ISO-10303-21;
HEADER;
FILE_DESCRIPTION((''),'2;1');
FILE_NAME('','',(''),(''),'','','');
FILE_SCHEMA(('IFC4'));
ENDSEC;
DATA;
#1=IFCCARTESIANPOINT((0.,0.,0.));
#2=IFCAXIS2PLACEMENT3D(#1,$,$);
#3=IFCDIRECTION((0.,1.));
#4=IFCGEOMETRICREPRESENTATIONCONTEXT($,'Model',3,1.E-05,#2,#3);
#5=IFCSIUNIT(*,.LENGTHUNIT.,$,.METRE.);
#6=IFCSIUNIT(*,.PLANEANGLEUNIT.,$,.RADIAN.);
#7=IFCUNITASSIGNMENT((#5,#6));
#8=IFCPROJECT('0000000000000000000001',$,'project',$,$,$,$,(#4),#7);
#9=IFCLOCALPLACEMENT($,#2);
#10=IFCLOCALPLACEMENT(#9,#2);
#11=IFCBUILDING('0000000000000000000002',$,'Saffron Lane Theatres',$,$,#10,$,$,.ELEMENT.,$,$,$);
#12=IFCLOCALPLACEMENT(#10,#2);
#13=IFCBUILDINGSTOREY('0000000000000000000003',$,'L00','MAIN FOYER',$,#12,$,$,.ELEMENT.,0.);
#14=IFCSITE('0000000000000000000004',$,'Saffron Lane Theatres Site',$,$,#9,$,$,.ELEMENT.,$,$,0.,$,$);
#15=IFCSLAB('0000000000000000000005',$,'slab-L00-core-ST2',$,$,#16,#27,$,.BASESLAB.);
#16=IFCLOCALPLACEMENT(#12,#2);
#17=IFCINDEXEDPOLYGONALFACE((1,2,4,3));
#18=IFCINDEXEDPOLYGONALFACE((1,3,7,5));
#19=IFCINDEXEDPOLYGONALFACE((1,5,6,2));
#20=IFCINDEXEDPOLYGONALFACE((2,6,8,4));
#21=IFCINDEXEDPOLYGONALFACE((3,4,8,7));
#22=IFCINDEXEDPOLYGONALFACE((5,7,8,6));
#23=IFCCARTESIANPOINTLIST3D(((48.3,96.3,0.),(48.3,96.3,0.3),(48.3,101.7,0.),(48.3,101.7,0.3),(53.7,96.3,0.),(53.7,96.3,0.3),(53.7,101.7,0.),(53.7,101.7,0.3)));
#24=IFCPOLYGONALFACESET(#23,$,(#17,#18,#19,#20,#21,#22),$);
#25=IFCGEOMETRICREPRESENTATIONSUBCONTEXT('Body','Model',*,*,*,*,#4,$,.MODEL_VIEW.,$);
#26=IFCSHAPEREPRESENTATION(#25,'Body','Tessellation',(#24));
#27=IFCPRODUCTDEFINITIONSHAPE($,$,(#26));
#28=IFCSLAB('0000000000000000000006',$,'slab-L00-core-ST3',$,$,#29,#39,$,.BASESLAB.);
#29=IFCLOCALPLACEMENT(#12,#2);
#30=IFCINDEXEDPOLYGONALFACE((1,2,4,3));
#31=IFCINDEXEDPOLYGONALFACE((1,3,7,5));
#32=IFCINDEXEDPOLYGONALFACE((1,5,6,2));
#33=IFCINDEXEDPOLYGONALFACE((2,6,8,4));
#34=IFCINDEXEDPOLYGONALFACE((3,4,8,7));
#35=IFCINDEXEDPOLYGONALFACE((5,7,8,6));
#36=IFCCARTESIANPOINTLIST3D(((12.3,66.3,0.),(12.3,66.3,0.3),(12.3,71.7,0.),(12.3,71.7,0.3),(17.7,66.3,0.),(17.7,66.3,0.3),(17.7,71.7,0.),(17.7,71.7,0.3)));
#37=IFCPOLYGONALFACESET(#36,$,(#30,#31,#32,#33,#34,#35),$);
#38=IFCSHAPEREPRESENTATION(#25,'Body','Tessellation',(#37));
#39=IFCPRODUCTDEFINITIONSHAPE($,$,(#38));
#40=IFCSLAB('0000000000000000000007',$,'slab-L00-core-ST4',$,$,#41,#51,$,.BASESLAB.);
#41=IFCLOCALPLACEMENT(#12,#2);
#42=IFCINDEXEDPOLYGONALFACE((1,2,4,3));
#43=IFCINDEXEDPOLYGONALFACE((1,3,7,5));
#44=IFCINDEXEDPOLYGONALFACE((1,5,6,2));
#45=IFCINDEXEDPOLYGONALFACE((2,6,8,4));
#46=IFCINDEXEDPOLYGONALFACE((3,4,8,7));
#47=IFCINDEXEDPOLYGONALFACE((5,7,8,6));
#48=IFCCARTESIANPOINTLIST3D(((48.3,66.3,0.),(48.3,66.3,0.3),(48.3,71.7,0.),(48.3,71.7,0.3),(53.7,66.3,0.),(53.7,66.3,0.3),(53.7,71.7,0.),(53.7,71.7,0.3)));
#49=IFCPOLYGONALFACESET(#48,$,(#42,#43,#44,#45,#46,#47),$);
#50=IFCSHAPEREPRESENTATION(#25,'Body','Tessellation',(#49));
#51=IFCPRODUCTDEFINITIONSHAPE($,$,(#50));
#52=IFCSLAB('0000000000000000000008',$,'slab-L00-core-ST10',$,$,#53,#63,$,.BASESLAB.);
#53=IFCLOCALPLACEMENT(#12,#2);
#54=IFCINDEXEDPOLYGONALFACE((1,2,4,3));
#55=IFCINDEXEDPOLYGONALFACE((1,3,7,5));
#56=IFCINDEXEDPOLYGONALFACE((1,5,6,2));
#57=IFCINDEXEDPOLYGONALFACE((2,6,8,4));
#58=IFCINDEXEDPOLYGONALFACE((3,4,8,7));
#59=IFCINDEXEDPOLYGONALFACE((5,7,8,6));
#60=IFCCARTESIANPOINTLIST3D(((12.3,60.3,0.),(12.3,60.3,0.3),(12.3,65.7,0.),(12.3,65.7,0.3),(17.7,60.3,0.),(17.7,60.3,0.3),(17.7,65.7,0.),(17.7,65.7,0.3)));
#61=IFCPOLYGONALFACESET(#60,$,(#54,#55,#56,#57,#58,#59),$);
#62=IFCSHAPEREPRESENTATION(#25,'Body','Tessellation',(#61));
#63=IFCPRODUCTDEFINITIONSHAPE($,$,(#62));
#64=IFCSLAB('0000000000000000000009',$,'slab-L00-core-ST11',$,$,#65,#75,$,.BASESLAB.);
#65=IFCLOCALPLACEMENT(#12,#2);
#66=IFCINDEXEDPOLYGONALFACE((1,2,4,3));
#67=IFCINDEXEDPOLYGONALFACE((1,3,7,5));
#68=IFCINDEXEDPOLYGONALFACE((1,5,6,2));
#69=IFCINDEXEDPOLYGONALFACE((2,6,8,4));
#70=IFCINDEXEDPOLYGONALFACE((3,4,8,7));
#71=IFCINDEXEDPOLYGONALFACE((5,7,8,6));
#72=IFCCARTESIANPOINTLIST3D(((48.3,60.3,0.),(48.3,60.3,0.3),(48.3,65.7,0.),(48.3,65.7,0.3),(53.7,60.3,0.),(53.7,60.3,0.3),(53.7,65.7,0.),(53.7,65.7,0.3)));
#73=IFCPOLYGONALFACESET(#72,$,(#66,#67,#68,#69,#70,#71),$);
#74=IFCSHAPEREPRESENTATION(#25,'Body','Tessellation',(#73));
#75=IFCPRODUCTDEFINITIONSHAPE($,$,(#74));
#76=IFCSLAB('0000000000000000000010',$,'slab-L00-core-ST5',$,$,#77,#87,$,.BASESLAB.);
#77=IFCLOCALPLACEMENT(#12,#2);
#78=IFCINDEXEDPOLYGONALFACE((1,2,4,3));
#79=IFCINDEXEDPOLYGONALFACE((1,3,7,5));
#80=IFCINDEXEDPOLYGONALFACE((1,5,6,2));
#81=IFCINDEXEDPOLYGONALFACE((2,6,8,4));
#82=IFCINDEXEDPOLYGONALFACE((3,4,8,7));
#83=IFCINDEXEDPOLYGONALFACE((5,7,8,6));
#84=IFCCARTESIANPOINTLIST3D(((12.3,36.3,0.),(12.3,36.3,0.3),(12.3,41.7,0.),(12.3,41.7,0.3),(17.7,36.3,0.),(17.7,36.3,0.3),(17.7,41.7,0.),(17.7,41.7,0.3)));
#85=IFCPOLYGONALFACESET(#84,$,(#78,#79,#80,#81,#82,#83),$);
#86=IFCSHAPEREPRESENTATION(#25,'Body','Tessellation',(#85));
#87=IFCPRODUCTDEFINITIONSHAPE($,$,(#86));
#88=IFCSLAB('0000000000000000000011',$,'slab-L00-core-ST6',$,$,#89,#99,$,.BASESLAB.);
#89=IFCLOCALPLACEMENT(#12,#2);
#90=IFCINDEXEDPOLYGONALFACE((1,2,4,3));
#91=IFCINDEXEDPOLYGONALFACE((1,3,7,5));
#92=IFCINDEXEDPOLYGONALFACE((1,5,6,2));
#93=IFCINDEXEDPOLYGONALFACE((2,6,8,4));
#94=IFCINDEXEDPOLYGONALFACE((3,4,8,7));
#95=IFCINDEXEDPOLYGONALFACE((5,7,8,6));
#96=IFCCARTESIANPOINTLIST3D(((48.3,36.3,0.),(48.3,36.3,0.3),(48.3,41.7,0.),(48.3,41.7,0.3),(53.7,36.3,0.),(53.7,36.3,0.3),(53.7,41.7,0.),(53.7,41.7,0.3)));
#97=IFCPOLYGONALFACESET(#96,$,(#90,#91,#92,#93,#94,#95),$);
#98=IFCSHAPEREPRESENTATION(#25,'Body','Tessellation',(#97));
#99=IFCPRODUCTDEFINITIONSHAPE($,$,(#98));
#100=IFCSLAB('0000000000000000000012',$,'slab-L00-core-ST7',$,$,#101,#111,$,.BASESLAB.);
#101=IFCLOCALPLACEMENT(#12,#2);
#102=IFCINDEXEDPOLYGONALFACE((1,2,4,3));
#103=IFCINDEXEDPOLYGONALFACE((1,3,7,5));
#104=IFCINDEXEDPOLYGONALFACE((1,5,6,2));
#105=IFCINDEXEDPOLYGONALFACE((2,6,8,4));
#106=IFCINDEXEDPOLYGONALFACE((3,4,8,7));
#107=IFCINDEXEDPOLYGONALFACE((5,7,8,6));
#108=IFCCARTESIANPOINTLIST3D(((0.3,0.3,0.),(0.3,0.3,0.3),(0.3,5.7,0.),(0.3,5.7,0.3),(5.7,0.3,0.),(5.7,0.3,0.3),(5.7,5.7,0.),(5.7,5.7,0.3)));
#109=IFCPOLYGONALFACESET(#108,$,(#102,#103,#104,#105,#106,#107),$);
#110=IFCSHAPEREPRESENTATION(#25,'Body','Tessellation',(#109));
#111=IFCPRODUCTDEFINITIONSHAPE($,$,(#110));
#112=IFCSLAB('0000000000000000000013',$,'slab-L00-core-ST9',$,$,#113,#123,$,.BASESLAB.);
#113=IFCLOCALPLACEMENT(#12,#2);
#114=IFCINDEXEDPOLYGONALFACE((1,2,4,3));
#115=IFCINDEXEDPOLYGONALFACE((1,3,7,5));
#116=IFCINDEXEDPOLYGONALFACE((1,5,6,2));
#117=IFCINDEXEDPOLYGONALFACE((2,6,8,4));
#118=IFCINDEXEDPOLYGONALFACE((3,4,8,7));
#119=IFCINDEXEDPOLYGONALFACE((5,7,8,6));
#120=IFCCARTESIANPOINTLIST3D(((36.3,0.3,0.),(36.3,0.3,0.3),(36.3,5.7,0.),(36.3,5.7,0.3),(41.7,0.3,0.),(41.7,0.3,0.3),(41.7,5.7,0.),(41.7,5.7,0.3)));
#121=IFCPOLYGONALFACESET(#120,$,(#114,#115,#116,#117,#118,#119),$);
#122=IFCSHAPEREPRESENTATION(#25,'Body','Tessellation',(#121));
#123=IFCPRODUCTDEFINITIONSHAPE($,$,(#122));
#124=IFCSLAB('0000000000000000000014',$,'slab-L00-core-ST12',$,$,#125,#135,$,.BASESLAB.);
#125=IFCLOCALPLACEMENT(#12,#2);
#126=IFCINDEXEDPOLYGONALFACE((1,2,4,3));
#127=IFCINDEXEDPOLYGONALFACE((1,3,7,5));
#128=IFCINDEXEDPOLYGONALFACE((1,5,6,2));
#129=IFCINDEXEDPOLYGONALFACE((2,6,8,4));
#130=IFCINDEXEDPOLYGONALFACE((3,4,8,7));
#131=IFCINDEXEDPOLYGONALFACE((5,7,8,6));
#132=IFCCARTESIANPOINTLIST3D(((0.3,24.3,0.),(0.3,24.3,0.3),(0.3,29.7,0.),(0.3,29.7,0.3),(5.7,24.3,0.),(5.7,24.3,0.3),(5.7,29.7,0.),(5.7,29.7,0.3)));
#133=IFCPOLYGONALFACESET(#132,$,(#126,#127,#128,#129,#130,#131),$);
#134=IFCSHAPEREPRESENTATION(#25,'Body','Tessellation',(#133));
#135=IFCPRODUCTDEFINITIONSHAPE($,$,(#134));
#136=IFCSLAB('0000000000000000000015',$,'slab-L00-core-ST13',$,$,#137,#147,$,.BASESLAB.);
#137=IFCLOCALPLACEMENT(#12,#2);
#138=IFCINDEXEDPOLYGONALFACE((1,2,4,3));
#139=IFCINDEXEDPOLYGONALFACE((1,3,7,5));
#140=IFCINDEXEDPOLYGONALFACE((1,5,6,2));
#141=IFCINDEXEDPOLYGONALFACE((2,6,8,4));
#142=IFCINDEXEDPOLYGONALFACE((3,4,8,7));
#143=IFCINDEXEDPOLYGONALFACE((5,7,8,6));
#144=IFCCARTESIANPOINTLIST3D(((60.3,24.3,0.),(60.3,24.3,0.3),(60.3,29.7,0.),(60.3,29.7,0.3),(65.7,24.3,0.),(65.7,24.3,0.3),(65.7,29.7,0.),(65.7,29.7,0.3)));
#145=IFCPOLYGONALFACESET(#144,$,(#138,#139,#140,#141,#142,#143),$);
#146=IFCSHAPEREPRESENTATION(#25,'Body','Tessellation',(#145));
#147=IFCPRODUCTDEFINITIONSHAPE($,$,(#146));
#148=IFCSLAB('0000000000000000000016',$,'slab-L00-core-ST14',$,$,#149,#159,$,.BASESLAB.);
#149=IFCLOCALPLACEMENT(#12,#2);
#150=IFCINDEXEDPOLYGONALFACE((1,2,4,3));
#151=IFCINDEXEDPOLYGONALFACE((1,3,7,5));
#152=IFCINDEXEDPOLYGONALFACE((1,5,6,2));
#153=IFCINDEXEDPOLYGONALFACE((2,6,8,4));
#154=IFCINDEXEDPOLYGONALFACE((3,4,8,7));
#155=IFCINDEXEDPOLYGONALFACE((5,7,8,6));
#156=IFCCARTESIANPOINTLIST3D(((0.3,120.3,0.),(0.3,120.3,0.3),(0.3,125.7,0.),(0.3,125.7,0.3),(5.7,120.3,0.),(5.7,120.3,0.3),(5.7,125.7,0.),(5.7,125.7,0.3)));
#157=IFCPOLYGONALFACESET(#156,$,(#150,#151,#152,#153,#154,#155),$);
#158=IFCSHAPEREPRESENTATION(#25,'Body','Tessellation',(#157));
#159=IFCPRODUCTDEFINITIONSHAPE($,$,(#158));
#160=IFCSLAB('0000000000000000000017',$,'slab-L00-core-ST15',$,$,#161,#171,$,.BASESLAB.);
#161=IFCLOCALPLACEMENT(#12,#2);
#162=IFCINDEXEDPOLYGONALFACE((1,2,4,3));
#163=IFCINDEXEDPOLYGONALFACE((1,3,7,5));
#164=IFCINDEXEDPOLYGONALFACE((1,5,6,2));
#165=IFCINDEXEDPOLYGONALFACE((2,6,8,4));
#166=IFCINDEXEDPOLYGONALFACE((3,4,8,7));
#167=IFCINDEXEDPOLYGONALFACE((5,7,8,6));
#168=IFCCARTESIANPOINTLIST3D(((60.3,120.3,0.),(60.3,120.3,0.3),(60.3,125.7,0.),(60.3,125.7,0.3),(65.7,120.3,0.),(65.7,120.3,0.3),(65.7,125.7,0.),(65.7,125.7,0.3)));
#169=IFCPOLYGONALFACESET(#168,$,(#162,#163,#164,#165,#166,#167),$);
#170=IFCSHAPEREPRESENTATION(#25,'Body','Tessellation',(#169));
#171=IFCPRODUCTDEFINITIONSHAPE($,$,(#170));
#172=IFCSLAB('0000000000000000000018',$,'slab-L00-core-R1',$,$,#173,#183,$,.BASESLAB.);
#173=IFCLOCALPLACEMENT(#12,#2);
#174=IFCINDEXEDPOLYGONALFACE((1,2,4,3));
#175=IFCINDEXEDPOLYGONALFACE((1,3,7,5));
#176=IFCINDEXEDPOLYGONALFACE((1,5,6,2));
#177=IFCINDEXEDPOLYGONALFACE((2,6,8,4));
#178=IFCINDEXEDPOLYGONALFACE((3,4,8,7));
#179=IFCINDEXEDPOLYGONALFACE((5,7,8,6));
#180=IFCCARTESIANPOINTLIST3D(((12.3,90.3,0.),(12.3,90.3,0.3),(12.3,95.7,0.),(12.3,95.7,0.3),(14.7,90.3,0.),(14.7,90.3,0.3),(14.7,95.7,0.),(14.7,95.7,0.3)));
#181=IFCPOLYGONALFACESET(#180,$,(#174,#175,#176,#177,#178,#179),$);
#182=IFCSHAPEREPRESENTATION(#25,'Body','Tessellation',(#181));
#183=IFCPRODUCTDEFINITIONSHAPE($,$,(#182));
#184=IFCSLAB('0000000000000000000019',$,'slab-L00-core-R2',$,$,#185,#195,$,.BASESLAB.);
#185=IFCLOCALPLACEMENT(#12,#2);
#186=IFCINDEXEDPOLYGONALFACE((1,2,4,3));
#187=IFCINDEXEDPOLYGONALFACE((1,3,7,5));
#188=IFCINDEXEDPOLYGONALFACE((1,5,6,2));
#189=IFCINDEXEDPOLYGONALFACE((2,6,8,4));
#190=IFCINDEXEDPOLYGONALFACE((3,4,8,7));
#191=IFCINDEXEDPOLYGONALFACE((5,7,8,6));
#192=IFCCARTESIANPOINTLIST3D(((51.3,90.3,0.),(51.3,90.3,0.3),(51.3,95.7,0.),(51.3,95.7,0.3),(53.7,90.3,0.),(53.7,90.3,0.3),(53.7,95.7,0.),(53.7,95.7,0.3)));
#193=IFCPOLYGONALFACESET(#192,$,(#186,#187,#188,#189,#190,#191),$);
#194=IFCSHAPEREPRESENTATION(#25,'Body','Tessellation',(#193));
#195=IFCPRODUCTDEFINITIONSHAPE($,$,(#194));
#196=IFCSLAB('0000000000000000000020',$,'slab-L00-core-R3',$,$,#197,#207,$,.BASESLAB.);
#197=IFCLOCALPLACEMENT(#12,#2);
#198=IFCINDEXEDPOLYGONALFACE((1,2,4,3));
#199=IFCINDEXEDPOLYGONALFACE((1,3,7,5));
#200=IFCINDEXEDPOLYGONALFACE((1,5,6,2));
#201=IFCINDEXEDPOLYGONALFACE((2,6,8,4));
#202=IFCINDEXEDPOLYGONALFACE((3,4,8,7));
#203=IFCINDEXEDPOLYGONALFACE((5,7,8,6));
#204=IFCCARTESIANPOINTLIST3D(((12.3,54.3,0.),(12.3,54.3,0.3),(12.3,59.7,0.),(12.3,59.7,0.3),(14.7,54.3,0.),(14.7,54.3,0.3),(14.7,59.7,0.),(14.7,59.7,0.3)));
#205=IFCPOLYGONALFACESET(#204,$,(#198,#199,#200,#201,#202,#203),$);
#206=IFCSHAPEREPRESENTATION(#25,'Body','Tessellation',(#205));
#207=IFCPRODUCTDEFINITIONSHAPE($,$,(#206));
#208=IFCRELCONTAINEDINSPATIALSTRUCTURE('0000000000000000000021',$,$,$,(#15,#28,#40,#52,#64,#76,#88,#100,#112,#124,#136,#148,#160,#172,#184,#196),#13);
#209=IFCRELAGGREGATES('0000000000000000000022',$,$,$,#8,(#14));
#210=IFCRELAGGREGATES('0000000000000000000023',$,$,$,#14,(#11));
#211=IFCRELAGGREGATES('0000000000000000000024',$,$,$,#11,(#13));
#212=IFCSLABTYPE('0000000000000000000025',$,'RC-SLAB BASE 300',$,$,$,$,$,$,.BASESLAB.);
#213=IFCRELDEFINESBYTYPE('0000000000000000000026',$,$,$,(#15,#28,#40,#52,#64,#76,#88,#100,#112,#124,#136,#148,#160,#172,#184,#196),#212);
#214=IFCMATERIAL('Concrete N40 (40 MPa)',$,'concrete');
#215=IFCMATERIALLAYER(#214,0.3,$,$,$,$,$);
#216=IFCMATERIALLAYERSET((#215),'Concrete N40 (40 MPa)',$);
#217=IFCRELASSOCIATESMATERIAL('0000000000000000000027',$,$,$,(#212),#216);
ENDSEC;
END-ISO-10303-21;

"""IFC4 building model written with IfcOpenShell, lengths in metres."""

from ifc_helpers import new_model, si_unit, direction, origin, place, context, subcontext, project, spatial, polyline, outline, extrude, material, layer, layer_set, type_object, element, save


model = new_model("IFC4")

# Units and contexts
model_context = context("Model", 3, precision=1e-05, world=origin(), true_north=direction((0.0, 1.0)))
body_context = subcontext(model_context, "Body", "Model", "MODEL_VIEW")
ifc_project = project(units=[si_unit("LENGTHUNIT", "METRE"), si_unit("PLANEANGLEUNIT", "RADIAN")], contexts=[model_context])

# Site, building, storey
site_placement = place(None, origin())
site = spatial("IfcSite", under=ifc_project, at=site_placement, Name="Saffron Lane Theatres Site", CompositionType="ELEMENT", RefElevation=0.0)
building_placement = place(site_placement, origin())
building = spatial("IfcBuilding", under=site, at=building_placement, Name="Saffron Lane Theatres", CompositionType="ELEMENT")
storey_placement = place(building_placement, origin())
storey = spatial("IfcBuildingStorey", under=building, at=storey_placement, Name="L00", Description="MAIN FOYER", CompositionType="ELEMENT", Elevation=0.0)

# Slabs
ifc_material_1 = material(Name="Concrete N40 (40 MPa)", Category="concrete")
ifc_layer_1 = layer(ifc_material_1, 0.3)
ifc_layer_set_1 = layer_set([ifc_layer_1], Name="Concrete N40 (40 MPa)")
slab_type_1 = type_object("IfcSlabType", Name="RC-SLAB BASE 300", PredefinedType="BASESLAB", material=ifc_layer_set_1)
slab_1_placement = place(storey_placement, origin())
element("IfcSlab", 1, at=slab_1_placement, inside=storey, type_object=slab_type_1, Name="slab-L00-core-ST2", PredefinedType="BASESLAB", context=body_context, shape_type="SweptSolid", body=[
    extrude(outline(polyline([(48.3, 96.3), (53.7, 96.3), (53.7, 101.7), (48.3, 101.7), (48.3, 96.3)])), origin(), (0.0, 0.0, 1.0), 0.3),
])
slab_2_placement = place(storey_placement, origin())
element("IfcSlab", 2, at=slab_2_placement, inside=storey, type_object=slab_type_1, Name="slab-L00-core-ST3", PredefinedType="BASESLAB", context=body_context, shape_type="SweptSolid", body=[
    extrude(outline(polyline([(12.3, 66.3), (17.7, 66.3), (17.7, 71.7), (12.3, 71.7), (12.3, 66.3)])), origin(), (0.0, 0.0, 1.0), 0.3),
])
slab_3_placement = place(storey_placement, origin())
element("IfcSlab", 3, at=slab_3_placement, inside=storey, type_object=slab_type_1, Name="slab-L00-core-ST4", PredefinedType="BASESLAB", context=body_context, shape_type="SweptSolid", body=[
    extrude(outline(polyline([(48.3, 66.3), (53.7, 66.3), (53.7, 71.7), (48.3, 71.7), (48.3, 66.3)])), origin(), (0.0, 0.0, 1.0), 0.3),
])
slab_4_placement = place(storey_placement, origin())
element("IfcSlab", 4, at=slab_4_placement, inside=storey, type_object=slab_type_1, Name="slab-L00-core-ST10", PredefinedType="BASESLAB", context=body_context, shape_type="SweptSolid", body=[
    extrude(outline(polyline([(12.3, 60.3), (17.7, 60.3), (17.7, 65.7), (12.3, 65.7), (12.3, 60.3)])), origin(), (0.0, 0.0, 1.0), 0.3),
])
slab_5_placement = place(storey_placement, origin())
element("IfcSlab", 5, at=slab_5_placement, inside=storey, type_object=slab_type_1, Name="slab-L00-core-ST11", PredefinedType="BASESLAB", context=body_context, shape_type="SweptSolid", body=[
    extrude(outline(polyline([(48.3, 60.3), (53.7, 60.3), (53.7, 65.7), (48.3, 65.7), (48.3, 60.3)])), origin(), (0.0, 0.0, 1.0), 0.3),
])
slab_6_placement = place(storey_placement, origin())
element("IfcSlab", 6, at=slab_6_placement, inside=storey, type_object=slab_type_1, Name="slab-L00-core-ST5", PredefinedType="BASESLAB", context=body_context, shape_type="SweptSolid", body=[
    extrude(outline(polyline([(12.3, 36.3), (17.7, 36.3), (17.7, 41.7), (12.3, 41.7), (12.3, 36.3)])), origin(), (0.0, 0.0, 1.0), 0.3),
])
slab_7_placement = place(storey_placement, origin())
element("IfcSlab", 7, at=slab_7_placement, inside=storey, type_object=slab_type_1, Name="slab-L00-core-ST6", PredefinedType="BASESLAB", context=body_context, shape_type="SweptSolid", body=[
    extrude(outline(polyline([(48.3, 36.3), (53.7, 36.3), (53.7, 41.7), (48.3, 41.7), (48.3, 36.3)])), origin(), (0.0, 0.0, 1.0), 0.3),
])
slab_8_placement = place(storey_placement, origin())
element("IfcSlab", 8, at=slab_8_placement, inside=storey, type_object=slab_type_1, Name="slab-L00-core-ST7", PredefinedType="BASESLAB", context=body_context, shape_type="SweptSolid", body=[
    extrude(outline(polyline([(0.3, 0.3), (5.7, 0.3), (5.7, 5.7), (0.3, 5.7), (0.3, 0.3)])), origin(), (0.0, 0.0, 1.0), 0.3),
])
slab_9_placement = place(storey_placement, origin())
element("IfcSlab", 9, at=slab_9_placement, inside=storey, type_object=slab_type_1, Name="slab-L00-core-ST9", PredefinedType="BASESLAB", context=body_context, shape_type="SweptSolid", body=[
    extrude(outline(polyline([(36.3, 0.3), (41.7, 0.3), (41.7, 5.7), (36.3, 5.7), (36.3, 0.3)])), origin(), (0.0, 0.0, 1.0), 0.3),
])
slab_10_placement = place(storey_placement, origin())
element("IfcSlab", 10, at=slab_10_placement, inside=storey, type_object=slab_type_1, Name="slab-L00-core-ST12", PredefinedType="BASESLAB", context=body_context, shape_type="SweptSolid", body=[
    extrude(outline(polyline([(0.3, 24.3), (5.7, 24.3), (5.7, 29.7), (0.3, 29.7), (0.3, 24.3)])), origin(), (0.0, 0.0, 1.0), 0.3),
])
slab_11_placement = place(storey_placement, origin())
element("IfcSlab", 11, at=slab_11_placement, inside=storey, type_object=slab_type_1, Name="slab-L00-core-ST13", PredefinedType="BASESLAB", context=body_context, shape_type="SweptSolid", body=[
    extrude(outline(polyline([(60.3, 24.3), (65.7, 24.3), (65.7, 29.7), (60.3, 29.7), (60.3, 24.3)])), origin(), (0.0, 0.0, 1.0), 0.3),
])
slab_12_placement = place(storey_placement, origin())
element("IfcSlab", 12, at=slab_12_placement, inside=storey, type_object=slab_type_1, Name="slab-L00-core-ST14", PredefinedType="BASESLAB", context=body_context, shape_type="SweptSolid", body=[
    extrude(outline(polyline([(0.3, 120.3), (5.7, 120.3), (5.7, 125.7), (0.3, 125.7), (0.3, 120.3)])), origin(), (0.0, 0.0, 1.0), 0.3),
])
slab_13_placement = place(storey_placement, origin())
element("IfcSlab", 13, at=slab_13_placement, inside=storey, type_object=slab_type_1, Name="slab-L00-core-ST15", PredefinedType="BASESLAB", context=body_context, shape_type="SweptSolid", body=[
    extrude(outline(polyline([(60.3, 120.3), (65.7, 120.3), (65.7, 125.7), (60.3, 125.7), (60.3, 120.3)])), origin(), (0.0, 0.0, 1.0), 0.3),
])
slab_14_placement = place(storey_placement, origin())
element("IfcSlab", 14, at=slab_14_placement, inside=storey, type_object=slab_type_1, Name="slab-L00-core-R1", PredefinedType="BASESLAB", context=body_context, shape_type="SweptSolid", body=[
    extrude(outline(polyline([(12.3, 90.3), (14.7, 90.3), (14.7, 95.7), (12.3, 95.7), (12.3, 90.3)])), origin(), (0.0, 0.0, 1.0), 0.3),
])
slab_15_placement = place(storey_placement, origin())
element("IfcSlab", 15, at=slab_15_placement, inside=storey, type_object=slab_type_1, Name="slab-L00-core-R2", PredefinedType="BASESLAB", context=body_context, shape_type="SweptSolid", body=[
    extrude(outline(polyline([(51.3, 90.3), (53.7, 90.3), (53.7, 95.7), (51.3, 95.7), (51.3, 90.3)])), origin(), (0.0, 0.0, 1.0), 0.3),
])
slab_16_placement = place(storey_placement, origin())
element("IfcSlab", 16, at=slab_16_placement, inside=storey, type_object=slab_type_1, Name="slab-L00-core-R3", PredefinedType="BASESLAB", context=body_context, shape_type="SweptSolid", body=[
    extrude(outline(polyline([(12.3, 54.3), (14.7, 54.3), (14.7, 59.7), (12.3, 59.7), (12.3, 54.3)])), origin(), (0.0, 0.0, 1.0), 0.3),
])

save(model, "model.ifc")
